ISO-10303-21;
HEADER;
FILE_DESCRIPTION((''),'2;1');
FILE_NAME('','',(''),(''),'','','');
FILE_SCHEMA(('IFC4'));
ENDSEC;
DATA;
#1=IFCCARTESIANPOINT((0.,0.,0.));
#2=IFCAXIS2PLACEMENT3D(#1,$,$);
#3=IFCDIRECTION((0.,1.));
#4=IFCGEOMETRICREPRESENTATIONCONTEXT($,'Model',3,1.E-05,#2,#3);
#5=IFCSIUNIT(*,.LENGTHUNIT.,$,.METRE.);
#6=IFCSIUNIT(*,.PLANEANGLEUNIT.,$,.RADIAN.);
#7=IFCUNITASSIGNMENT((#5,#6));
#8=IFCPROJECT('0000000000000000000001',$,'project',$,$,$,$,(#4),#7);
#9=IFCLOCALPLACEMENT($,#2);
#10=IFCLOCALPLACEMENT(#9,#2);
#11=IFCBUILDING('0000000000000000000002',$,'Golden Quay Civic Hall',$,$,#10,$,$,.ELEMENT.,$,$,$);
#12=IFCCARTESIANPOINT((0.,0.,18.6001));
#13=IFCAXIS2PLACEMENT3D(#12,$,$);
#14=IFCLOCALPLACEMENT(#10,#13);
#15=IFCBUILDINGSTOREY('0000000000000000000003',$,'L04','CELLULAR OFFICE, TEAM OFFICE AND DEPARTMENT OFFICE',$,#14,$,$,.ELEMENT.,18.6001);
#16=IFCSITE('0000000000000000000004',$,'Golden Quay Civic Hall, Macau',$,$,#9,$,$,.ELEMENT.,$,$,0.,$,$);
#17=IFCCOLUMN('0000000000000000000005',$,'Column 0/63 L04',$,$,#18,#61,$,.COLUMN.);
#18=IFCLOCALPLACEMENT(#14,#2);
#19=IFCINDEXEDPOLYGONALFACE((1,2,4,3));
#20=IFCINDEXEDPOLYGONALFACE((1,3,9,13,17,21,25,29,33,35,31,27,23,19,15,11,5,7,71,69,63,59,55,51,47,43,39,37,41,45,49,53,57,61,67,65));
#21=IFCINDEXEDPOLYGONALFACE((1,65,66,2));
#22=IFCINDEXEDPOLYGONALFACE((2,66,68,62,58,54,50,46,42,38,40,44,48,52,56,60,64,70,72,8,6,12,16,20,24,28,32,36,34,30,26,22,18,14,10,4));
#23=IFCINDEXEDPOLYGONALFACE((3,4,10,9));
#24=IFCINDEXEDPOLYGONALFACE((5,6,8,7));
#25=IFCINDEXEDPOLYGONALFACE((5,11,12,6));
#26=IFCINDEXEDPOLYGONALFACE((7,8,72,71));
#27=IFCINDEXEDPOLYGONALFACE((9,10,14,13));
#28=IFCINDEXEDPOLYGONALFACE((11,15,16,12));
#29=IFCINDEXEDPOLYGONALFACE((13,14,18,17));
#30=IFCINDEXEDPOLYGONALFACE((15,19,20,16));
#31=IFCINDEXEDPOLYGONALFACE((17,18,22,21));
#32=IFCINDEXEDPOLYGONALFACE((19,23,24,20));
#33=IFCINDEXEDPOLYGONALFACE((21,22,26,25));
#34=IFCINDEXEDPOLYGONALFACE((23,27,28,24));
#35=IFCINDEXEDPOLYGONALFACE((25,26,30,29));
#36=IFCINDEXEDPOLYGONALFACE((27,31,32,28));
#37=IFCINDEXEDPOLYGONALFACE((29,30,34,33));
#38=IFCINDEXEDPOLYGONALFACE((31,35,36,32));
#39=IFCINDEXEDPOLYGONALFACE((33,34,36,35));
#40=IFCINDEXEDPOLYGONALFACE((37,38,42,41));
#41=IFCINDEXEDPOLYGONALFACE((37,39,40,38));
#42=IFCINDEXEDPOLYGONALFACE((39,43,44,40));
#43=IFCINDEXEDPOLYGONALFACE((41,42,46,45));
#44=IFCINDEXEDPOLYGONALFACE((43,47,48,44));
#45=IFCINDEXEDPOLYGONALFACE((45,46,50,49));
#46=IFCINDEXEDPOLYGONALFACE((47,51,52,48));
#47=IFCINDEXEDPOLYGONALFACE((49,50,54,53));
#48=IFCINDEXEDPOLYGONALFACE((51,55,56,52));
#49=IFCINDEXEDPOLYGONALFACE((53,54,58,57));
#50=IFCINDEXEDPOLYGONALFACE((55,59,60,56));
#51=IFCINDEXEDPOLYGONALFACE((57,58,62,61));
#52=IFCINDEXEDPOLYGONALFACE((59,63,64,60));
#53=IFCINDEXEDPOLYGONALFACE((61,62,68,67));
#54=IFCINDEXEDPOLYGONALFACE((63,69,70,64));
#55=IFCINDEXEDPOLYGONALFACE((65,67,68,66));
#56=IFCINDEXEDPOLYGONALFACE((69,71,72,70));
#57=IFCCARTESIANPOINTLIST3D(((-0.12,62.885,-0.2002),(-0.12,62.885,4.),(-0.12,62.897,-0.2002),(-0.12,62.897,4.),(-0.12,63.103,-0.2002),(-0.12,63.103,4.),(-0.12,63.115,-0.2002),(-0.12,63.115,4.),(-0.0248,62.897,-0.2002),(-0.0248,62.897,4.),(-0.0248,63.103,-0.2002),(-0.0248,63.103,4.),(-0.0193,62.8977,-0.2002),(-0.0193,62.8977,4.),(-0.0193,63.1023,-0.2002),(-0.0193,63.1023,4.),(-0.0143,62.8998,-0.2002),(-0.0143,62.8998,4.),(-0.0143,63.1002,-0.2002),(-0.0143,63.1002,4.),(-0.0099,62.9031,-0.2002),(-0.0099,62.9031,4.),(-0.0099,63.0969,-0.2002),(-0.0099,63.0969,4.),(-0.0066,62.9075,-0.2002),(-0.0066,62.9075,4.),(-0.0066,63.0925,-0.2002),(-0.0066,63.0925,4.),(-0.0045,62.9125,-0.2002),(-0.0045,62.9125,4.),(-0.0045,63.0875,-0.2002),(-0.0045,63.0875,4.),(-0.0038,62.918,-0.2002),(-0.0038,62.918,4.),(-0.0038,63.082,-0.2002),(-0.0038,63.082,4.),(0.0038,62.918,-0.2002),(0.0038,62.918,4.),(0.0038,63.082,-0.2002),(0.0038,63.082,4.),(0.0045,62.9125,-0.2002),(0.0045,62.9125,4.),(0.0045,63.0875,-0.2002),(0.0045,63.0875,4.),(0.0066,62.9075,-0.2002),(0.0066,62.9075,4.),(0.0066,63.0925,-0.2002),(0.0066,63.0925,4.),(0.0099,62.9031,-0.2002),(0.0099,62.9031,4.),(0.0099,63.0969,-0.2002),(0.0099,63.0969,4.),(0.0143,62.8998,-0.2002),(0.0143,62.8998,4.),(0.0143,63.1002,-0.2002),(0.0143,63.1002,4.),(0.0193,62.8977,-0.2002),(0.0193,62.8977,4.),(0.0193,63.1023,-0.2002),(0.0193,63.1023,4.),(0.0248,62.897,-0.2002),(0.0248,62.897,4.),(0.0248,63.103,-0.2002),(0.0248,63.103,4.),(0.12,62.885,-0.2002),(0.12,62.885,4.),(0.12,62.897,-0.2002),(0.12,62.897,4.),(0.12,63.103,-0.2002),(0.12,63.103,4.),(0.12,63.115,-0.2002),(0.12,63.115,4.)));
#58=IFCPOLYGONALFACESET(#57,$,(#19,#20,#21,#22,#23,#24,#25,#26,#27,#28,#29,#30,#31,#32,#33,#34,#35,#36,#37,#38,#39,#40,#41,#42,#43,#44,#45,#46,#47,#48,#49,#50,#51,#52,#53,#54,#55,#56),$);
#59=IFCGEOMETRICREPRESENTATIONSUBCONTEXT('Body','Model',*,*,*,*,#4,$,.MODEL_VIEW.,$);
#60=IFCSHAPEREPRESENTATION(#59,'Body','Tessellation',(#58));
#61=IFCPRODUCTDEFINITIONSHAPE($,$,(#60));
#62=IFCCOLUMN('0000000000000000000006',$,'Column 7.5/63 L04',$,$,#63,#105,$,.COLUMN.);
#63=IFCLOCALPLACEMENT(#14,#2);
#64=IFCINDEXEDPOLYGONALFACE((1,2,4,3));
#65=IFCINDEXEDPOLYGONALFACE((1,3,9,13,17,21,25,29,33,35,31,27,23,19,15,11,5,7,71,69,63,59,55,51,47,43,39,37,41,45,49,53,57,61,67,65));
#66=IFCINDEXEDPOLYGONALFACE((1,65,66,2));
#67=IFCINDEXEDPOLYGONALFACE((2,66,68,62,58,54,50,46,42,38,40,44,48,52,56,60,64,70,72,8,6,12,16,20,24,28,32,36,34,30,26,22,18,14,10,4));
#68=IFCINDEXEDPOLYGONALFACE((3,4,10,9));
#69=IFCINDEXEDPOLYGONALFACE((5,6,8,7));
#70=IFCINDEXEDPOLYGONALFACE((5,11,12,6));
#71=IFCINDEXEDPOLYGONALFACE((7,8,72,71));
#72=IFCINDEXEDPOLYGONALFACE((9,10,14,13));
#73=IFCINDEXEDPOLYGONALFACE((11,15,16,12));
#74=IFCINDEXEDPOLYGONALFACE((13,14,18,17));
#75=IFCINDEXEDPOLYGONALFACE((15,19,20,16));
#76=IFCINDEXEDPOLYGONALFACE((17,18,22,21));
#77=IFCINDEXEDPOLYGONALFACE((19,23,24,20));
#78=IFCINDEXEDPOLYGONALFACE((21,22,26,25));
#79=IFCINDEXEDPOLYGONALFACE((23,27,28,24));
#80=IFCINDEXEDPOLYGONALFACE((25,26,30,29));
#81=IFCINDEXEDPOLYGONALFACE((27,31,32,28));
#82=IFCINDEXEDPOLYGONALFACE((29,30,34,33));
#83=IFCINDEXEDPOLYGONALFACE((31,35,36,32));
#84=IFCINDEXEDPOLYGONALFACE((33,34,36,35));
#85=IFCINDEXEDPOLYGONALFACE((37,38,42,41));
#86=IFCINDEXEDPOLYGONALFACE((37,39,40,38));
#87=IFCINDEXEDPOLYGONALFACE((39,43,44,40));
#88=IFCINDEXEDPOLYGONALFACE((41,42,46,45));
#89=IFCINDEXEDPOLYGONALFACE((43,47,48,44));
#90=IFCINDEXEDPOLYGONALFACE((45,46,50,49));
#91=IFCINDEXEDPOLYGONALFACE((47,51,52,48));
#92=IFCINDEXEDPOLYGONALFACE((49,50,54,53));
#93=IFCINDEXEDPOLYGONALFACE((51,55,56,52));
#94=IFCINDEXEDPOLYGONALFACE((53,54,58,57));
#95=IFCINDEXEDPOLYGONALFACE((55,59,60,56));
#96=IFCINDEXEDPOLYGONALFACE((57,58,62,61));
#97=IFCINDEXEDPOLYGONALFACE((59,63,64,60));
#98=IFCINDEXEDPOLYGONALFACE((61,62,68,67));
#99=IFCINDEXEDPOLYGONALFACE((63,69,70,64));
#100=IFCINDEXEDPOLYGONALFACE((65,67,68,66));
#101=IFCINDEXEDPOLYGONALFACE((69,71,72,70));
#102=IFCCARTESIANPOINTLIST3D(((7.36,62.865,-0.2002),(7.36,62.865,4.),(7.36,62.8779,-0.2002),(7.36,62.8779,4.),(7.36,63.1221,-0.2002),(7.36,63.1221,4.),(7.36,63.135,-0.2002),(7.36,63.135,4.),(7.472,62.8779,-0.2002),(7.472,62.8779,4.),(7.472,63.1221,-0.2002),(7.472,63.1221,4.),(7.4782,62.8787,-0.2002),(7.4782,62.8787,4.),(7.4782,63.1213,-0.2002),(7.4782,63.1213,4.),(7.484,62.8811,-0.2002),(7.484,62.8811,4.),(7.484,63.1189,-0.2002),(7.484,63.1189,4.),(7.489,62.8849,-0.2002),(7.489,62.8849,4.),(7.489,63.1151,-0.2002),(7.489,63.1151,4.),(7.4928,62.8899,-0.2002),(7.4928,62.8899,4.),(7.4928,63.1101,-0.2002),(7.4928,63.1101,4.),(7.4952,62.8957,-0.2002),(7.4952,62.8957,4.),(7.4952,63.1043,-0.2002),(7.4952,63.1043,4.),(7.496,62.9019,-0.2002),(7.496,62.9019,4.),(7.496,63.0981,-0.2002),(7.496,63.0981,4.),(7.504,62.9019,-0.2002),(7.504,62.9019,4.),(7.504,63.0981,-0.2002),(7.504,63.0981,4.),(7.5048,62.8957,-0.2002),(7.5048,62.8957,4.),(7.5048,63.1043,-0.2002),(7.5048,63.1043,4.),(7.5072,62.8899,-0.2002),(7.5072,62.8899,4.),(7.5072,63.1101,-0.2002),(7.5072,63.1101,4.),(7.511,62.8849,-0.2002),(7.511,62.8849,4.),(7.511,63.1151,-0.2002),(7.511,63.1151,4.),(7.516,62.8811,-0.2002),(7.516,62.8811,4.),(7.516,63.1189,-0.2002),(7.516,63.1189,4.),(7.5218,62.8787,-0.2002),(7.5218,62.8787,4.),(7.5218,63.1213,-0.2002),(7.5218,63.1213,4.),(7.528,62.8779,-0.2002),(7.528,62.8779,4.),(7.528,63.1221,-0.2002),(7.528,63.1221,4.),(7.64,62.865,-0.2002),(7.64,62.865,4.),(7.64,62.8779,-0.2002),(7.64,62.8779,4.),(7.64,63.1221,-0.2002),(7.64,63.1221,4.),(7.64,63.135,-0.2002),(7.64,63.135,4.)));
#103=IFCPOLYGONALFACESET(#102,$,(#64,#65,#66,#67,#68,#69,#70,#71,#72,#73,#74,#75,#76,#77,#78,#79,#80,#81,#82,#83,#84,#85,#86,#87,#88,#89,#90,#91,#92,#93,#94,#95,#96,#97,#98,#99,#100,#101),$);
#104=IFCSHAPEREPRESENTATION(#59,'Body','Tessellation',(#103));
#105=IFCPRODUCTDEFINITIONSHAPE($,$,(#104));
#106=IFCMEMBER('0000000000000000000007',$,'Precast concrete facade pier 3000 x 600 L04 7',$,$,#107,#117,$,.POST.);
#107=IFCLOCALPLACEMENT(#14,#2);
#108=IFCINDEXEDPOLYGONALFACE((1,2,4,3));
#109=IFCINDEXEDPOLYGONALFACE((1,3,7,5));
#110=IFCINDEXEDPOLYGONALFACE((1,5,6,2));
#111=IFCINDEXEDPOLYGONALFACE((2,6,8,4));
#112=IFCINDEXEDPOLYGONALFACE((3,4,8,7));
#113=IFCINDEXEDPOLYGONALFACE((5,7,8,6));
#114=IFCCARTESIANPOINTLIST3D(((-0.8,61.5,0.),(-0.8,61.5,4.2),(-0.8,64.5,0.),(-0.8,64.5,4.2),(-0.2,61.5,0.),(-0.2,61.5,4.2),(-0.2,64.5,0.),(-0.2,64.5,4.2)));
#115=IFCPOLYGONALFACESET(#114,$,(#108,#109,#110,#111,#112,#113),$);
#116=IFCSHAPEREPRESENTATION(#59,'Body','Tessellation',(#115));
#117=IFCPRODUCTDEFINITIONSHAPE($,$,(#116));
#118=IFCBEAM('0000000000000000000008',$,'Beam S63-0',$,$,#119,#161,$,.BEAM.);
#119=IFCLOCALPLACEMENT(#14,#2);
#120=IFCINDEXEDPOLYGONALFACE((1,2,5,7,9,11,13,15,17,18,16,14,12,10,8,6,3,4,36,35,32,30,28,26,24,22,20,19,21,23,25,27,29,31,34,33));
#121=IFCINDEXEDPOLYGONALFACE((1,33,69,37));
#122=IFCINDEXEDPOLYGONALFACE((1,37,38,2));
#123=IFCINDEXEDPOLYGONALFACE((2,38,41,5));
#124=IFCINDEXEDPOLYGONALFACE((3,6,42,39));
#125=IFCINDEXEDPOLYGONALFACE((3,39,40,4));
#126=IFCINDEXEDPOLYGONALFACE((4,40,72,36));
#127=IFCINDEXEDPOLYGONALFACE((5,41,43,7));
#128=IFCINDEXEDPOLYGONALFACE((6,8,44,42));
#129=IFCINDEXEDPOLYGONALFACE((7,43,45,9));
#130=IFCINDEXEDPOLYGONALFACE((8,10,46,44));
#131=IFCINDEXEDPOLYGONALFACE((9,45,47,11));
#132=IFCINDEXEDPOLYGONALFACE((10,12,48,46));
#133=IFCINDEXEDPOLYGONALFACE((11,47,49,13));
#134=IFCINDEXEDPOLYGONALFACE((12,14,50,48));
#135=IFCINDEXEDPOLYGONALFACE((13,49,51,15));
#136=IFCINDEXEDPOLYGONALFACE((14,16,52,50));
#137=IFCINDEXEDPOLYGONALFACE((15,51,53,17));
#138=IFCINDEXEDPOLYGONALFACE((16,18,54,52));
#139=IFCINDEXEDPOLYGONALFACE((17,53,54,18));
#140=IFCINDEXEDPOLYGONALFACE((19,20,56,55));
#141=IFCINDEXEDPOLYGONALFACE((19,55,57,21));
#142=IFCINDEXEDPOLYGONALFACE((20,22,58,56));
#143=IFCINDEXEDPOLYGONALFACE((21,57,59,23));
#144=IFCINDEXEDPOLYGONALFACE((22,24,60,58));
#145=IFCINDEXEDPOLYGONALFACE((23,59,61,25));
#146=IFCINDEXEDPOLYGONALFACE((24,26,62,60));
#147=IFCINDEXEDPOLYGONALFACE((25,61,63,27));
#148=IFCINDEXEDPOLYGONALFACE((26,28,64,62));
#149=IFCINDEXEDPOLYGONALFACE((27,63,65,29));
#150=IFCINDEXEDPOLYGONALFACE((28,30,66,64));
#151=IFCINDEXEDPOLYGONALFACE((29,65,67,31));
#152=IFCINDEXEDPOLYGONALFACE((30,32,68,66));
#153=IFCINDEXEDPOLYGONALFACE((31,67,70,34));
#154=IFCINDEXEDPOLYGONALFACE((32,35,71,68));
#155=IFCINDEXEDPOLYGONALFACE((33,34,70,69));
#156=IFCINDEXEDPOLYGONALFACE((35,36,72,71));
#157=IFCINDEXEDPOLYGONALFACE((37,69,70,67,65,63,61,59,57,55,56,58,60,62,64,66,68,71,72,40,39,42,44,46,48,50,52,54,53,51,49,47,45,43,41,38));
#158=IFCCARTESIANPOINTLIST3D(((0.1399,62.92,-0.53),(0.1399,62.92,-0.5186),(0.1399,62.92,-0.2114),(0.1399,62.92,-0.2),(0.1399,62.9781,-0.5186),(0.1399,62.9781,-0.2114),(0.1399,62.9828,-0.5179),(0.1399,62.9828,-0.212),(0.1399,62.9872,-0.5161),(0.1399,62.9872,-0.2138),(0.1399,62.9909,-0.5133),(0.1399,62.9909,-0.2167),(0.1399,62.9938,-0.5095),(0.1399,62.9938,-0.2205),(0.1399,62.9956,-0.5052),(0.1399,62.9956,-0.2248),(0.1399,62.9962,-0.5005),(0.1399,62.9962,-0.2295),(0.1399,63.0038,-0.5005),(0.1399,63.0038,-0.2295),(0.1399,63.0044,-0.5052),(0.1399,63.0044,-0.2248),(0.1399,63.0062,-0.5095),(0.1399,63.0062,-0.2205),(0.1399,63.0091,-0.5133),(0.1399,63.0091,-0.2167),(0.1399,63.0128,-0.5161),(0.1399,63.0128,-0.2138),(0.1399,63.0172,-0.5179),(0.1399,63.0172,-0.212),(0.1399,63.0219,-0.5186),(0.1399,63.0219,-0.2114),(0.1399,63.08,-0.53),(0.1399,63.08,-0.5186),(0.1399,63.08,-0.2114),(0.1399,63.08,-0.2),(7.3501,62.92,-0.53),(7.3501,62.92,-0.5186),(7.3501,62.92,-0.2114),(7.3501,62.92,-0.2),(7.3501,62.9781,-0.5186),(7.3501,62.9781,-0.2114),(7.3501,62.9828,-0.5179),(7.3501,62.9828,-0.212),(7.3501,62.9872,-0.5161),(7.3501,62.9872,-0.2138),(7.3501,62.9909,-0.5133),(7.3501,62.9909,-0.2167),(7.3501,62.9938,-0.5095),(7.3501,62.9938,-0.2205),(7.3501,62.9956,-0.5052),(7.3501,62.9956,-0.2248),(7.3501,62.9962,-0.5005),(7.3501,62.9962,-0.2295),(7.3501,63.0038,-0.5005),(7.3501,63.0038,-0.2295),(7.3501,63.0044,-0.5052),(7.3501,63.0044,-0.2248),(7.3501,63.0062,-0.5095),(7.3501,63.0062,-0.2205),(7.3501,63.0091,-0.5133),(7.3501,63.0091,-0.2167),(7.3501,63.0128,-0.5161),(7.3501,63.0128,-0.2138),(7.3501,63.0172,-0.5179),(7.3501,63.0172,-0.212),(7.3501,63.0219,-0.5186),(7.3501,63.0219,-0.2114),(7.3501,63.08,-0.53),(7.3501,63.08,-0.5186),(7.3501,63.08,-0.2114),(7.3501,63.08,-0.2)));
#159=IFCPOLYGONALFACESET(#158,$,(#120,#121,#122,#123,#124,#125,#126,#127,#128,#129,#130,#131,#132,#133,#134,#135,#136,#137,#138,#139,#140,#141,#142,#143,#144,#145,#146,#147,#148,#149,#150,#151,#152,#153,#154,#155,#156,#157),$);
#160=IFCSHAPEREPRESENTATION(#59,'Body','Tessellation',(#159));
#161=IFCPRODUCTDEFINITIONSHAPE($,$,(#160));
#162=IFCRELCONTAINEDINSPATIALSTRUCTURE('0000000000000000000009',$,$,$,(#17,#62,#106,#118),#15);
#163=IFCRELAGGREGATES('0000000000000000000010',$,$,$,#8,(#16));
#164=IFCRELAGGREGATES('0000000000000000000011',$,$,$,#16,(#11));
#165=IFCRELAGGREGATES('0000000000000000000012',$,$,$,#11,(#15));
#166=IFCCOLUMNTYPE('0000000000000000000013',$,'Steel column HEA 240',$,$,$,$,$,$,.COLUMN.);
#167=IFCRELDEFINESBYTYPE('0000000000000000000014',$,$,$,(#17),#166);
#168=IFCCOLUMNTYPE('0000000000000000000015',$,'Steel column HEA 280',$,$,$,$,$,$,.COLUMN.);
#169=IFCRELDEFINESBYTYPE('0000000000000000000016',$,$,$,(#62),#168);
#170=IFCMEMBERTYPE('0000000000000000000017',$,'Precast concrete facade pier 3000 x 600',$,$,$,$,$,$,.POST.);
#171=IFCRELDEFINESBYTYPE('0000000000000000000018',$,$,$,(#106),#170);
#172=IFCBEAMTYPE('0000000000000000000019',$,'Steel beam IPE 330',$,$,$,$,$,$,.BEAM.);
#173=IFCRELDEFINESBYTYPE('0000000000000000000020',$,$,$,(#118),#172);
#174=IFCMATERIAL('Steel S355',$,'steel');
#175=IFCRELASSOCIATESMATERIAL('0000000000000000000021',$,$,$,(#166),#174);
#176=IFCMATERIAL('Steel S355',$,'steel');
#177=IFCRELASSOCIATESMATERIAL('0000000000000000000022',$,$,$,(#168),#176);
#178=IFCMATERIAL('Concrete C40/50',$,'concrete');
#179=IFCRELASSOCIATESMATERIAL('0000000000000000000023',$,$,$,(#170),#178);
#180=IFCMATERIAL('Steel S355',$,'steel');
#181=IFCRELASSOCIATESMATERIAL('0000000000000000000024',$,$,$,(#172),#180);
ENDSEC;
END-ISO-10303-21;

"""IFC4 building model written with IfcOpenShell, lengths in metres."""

from ifc_helpers import new_model, si_unit, direction, frame, origin, origin_2d, place, context, subcontext, project, spatial, rectangle, i_section, extrude, material, material_profile, profile_set, type_object, element, save


model = new_model("IFC4")

# Units and contexts
model_context = context("Model", 3, precision=1e-05, world=origin(), true_north=direction((0.0, 1.0)))
body_context = subcontext(model_context, "Body", "Model", "MODEL_VIEW")
ifc_project = project(units=[si_unit("LENGTHUNIT", "METRE"), si_unit("PLANEANGLEUNIT", "RADIAN")], contexts=[model_context])

# Site, building, storey
site_placement = place(None, origin())
site = spatial("IfcSite", under=ifc_project, at=site_placement, Name="Golden Quay Civic Hall, Macau", CompositionType="ELEMENT", RefElevation=0.0)
building_placement = place(site_placement, origin())
building = spatial("IfcBuilding", under=site, at=building_placement, Name="Golden Quay Civic Hall", CompositionType="ELEMENT")
storey_placement = place(building_placement, frame((0.0, 0.0, 18.6001)))
storey = spatial("IfcBuildingStorey", under=building, at=storey_placement, Name="L04", Description="CELLULAR OFFICE, TEAM OFFICE AND DEPARTMENT OFFICE", CompositionType="ELEMENT", Elevation=18.6001)

# Columns
ifc_material_1 = material(Name="Steel S355", Category="steel")
ifc_material_profile_1 = material_profile(ifc_material_1, i_section(OverallWidth=0.24, OverallDepth=0.23, WebThickness=0.0076, FlangeThickness=0.012, FilletRadius=0.021, at=origin_2d()), Name="HEA 240")
ifc_profile_set_1 = profile_set([ifc_material_profile_1], Name="Steel S355")
column_type_1 = type_object("IfcColumnType", Name="Steel column HEA 240", PredefinedType="COLUMN", material=ifc_profile_set_1)
column_1_placement = place(storey_placement, frame((0.0, 63.0, -0.2002), z_axis=(0.0, 0.0, 1.0), x_axis=(1.0, 0.0, 0.0)))
element("IfcColumn", 1, at=column_1_placement, inside=storey, type_object=column_type_1, Name="Column 0/63 L04", PredefinedType="COLUMN", context=body_context, shape_type="SweptSolid", body=[
    extrude(i_section(OverallWidth=0.24, OverallDepth=0.23, WebThickness=0.0076, FlangeThickness=0.012, FilletRadius=0.021, at=origin_2d()), origin(), (0.0, 0.0, 1.0), 4.2002),
])
ifc_material_2 = material(Name="Steel S355", Category="steel")
ifc_material_profile_2 = material_profile(ifc_material_2, i_section(OverallWidth=0.28, OverallDepth=0.27, WebThickness=0.0081, FlangeThickness=0.0129, FilletRadius=0.0239, at=origin_2d()), Name="HEA 280")
ifc_profile_set_2 = profile_set([ifc_material_profile_2], Name="Steel S355")
column_type_2 = type_object("IfcColumnType", Name="Steel column HEA 280", PredefinedType="COLUMN", material=ifc_profile_set_2)
column_2_placement = place(storey_placement, frame((7.5, 63.0, -0.2002), z_axis=(0.0, 0.0, 1.0), x_axis=(1.0, 0.0, 0.0)))
element("IfcColumn", 2, at=column_2_placement, inside=storey, type_object=column_type_2, Name="Column 7.5/63 L04", PredefinedType="COLUMN", context=body_context, shape_type="SweptSolid", body=[
    extrude(i_section(OverallWidth=0.28, OverallDepth=0.27, WebThickness=0.0081, FlangeThickness=0.0129, FilletRadius=0.0239, at=origin_2d()), origin(), (0.0, 0.0, 1.0), 4.2002),
])

# Member
ifc_material_3 = material(Name="Concrete C40/50", Category="concrete")
ifc_material_profile_3 = material_profile(ifc_material_3, rectangle(XDim=3.0, YDim=0.6001, at=origin_2d()), Name="RC 3000x600")
ifc_profile_set_3 = profile_set([ifc_material_profile_3], Name="Concrete C40/50")
member_type = type_object("IfcMemberType", Name="Precast concrete facade pier 3000 x 600", PredefinedType="POST", material=ifc_profile_set_3)
member_placement = place(storey_placement, frame((-0.5, 63.0, 0.0), z_axis=(0.0, 0.0, 1.0), x_axis=(0.0, 1.0, 0.0)))
element("IfcMember", 3, at=member_placement, inside=storey, type_object=member_type, Name="Precast concrete facade pier 3000 x 600 L04 7", PredefinedType="POST", context=body_context, shape_type="SweptSolid", body=[
    extrude(rectangle(XDim=3.0, YDim=0.6001, at=origin_2d()), origin(), (0.0, 0.0, 1.0), 4.2),
])

# Beam
ifc_material_4 = material(Name="Steel S355", Category="steel")
ifc_material_profile_4 = material_profile(ifc_material_4, i_section(OverallWidth=0.1599, OverallDepth=0.3301, WebThickness=0.0076, FlangeThickness=0.0115, FilletRadius=0.0181, at=origin_2d()), Name="IPE 330")
ifc_profile_set_4 = profile_set([ifc_material_profile_4], Name="Steel S355")
beam_type_1 = type_object("IfcBeamType", Name="Steel beam IPE 330", PredefinedType="BEAM", material=ifc_profile_set_4)
beam_1_placement = place(storey_placement, frame((0.1399, 63.0, -0.365), z_axis=(1.0, 0.0, 0.0), x_axis=(0.0, 1.0, 0.0)))
element("IfcBeam", 4, at=beam_1_placement, inside=storey, type_object=beam_type_1, Name="Beam S63-0", PredefinedType="BEAM", context=body_context, shape_type="SweptSolid", body=[
    extrude(i_section(OverallWidth=0.1599, OverallDepth=0.3301, WebThickness=0.0076, FlangeThickness=0.0115, FilletRadius=0.0181, at=origin_2d()), origin(), (0.0, 0.0, 1.0), 7.2102),
])

save(model, "model.ifc")
